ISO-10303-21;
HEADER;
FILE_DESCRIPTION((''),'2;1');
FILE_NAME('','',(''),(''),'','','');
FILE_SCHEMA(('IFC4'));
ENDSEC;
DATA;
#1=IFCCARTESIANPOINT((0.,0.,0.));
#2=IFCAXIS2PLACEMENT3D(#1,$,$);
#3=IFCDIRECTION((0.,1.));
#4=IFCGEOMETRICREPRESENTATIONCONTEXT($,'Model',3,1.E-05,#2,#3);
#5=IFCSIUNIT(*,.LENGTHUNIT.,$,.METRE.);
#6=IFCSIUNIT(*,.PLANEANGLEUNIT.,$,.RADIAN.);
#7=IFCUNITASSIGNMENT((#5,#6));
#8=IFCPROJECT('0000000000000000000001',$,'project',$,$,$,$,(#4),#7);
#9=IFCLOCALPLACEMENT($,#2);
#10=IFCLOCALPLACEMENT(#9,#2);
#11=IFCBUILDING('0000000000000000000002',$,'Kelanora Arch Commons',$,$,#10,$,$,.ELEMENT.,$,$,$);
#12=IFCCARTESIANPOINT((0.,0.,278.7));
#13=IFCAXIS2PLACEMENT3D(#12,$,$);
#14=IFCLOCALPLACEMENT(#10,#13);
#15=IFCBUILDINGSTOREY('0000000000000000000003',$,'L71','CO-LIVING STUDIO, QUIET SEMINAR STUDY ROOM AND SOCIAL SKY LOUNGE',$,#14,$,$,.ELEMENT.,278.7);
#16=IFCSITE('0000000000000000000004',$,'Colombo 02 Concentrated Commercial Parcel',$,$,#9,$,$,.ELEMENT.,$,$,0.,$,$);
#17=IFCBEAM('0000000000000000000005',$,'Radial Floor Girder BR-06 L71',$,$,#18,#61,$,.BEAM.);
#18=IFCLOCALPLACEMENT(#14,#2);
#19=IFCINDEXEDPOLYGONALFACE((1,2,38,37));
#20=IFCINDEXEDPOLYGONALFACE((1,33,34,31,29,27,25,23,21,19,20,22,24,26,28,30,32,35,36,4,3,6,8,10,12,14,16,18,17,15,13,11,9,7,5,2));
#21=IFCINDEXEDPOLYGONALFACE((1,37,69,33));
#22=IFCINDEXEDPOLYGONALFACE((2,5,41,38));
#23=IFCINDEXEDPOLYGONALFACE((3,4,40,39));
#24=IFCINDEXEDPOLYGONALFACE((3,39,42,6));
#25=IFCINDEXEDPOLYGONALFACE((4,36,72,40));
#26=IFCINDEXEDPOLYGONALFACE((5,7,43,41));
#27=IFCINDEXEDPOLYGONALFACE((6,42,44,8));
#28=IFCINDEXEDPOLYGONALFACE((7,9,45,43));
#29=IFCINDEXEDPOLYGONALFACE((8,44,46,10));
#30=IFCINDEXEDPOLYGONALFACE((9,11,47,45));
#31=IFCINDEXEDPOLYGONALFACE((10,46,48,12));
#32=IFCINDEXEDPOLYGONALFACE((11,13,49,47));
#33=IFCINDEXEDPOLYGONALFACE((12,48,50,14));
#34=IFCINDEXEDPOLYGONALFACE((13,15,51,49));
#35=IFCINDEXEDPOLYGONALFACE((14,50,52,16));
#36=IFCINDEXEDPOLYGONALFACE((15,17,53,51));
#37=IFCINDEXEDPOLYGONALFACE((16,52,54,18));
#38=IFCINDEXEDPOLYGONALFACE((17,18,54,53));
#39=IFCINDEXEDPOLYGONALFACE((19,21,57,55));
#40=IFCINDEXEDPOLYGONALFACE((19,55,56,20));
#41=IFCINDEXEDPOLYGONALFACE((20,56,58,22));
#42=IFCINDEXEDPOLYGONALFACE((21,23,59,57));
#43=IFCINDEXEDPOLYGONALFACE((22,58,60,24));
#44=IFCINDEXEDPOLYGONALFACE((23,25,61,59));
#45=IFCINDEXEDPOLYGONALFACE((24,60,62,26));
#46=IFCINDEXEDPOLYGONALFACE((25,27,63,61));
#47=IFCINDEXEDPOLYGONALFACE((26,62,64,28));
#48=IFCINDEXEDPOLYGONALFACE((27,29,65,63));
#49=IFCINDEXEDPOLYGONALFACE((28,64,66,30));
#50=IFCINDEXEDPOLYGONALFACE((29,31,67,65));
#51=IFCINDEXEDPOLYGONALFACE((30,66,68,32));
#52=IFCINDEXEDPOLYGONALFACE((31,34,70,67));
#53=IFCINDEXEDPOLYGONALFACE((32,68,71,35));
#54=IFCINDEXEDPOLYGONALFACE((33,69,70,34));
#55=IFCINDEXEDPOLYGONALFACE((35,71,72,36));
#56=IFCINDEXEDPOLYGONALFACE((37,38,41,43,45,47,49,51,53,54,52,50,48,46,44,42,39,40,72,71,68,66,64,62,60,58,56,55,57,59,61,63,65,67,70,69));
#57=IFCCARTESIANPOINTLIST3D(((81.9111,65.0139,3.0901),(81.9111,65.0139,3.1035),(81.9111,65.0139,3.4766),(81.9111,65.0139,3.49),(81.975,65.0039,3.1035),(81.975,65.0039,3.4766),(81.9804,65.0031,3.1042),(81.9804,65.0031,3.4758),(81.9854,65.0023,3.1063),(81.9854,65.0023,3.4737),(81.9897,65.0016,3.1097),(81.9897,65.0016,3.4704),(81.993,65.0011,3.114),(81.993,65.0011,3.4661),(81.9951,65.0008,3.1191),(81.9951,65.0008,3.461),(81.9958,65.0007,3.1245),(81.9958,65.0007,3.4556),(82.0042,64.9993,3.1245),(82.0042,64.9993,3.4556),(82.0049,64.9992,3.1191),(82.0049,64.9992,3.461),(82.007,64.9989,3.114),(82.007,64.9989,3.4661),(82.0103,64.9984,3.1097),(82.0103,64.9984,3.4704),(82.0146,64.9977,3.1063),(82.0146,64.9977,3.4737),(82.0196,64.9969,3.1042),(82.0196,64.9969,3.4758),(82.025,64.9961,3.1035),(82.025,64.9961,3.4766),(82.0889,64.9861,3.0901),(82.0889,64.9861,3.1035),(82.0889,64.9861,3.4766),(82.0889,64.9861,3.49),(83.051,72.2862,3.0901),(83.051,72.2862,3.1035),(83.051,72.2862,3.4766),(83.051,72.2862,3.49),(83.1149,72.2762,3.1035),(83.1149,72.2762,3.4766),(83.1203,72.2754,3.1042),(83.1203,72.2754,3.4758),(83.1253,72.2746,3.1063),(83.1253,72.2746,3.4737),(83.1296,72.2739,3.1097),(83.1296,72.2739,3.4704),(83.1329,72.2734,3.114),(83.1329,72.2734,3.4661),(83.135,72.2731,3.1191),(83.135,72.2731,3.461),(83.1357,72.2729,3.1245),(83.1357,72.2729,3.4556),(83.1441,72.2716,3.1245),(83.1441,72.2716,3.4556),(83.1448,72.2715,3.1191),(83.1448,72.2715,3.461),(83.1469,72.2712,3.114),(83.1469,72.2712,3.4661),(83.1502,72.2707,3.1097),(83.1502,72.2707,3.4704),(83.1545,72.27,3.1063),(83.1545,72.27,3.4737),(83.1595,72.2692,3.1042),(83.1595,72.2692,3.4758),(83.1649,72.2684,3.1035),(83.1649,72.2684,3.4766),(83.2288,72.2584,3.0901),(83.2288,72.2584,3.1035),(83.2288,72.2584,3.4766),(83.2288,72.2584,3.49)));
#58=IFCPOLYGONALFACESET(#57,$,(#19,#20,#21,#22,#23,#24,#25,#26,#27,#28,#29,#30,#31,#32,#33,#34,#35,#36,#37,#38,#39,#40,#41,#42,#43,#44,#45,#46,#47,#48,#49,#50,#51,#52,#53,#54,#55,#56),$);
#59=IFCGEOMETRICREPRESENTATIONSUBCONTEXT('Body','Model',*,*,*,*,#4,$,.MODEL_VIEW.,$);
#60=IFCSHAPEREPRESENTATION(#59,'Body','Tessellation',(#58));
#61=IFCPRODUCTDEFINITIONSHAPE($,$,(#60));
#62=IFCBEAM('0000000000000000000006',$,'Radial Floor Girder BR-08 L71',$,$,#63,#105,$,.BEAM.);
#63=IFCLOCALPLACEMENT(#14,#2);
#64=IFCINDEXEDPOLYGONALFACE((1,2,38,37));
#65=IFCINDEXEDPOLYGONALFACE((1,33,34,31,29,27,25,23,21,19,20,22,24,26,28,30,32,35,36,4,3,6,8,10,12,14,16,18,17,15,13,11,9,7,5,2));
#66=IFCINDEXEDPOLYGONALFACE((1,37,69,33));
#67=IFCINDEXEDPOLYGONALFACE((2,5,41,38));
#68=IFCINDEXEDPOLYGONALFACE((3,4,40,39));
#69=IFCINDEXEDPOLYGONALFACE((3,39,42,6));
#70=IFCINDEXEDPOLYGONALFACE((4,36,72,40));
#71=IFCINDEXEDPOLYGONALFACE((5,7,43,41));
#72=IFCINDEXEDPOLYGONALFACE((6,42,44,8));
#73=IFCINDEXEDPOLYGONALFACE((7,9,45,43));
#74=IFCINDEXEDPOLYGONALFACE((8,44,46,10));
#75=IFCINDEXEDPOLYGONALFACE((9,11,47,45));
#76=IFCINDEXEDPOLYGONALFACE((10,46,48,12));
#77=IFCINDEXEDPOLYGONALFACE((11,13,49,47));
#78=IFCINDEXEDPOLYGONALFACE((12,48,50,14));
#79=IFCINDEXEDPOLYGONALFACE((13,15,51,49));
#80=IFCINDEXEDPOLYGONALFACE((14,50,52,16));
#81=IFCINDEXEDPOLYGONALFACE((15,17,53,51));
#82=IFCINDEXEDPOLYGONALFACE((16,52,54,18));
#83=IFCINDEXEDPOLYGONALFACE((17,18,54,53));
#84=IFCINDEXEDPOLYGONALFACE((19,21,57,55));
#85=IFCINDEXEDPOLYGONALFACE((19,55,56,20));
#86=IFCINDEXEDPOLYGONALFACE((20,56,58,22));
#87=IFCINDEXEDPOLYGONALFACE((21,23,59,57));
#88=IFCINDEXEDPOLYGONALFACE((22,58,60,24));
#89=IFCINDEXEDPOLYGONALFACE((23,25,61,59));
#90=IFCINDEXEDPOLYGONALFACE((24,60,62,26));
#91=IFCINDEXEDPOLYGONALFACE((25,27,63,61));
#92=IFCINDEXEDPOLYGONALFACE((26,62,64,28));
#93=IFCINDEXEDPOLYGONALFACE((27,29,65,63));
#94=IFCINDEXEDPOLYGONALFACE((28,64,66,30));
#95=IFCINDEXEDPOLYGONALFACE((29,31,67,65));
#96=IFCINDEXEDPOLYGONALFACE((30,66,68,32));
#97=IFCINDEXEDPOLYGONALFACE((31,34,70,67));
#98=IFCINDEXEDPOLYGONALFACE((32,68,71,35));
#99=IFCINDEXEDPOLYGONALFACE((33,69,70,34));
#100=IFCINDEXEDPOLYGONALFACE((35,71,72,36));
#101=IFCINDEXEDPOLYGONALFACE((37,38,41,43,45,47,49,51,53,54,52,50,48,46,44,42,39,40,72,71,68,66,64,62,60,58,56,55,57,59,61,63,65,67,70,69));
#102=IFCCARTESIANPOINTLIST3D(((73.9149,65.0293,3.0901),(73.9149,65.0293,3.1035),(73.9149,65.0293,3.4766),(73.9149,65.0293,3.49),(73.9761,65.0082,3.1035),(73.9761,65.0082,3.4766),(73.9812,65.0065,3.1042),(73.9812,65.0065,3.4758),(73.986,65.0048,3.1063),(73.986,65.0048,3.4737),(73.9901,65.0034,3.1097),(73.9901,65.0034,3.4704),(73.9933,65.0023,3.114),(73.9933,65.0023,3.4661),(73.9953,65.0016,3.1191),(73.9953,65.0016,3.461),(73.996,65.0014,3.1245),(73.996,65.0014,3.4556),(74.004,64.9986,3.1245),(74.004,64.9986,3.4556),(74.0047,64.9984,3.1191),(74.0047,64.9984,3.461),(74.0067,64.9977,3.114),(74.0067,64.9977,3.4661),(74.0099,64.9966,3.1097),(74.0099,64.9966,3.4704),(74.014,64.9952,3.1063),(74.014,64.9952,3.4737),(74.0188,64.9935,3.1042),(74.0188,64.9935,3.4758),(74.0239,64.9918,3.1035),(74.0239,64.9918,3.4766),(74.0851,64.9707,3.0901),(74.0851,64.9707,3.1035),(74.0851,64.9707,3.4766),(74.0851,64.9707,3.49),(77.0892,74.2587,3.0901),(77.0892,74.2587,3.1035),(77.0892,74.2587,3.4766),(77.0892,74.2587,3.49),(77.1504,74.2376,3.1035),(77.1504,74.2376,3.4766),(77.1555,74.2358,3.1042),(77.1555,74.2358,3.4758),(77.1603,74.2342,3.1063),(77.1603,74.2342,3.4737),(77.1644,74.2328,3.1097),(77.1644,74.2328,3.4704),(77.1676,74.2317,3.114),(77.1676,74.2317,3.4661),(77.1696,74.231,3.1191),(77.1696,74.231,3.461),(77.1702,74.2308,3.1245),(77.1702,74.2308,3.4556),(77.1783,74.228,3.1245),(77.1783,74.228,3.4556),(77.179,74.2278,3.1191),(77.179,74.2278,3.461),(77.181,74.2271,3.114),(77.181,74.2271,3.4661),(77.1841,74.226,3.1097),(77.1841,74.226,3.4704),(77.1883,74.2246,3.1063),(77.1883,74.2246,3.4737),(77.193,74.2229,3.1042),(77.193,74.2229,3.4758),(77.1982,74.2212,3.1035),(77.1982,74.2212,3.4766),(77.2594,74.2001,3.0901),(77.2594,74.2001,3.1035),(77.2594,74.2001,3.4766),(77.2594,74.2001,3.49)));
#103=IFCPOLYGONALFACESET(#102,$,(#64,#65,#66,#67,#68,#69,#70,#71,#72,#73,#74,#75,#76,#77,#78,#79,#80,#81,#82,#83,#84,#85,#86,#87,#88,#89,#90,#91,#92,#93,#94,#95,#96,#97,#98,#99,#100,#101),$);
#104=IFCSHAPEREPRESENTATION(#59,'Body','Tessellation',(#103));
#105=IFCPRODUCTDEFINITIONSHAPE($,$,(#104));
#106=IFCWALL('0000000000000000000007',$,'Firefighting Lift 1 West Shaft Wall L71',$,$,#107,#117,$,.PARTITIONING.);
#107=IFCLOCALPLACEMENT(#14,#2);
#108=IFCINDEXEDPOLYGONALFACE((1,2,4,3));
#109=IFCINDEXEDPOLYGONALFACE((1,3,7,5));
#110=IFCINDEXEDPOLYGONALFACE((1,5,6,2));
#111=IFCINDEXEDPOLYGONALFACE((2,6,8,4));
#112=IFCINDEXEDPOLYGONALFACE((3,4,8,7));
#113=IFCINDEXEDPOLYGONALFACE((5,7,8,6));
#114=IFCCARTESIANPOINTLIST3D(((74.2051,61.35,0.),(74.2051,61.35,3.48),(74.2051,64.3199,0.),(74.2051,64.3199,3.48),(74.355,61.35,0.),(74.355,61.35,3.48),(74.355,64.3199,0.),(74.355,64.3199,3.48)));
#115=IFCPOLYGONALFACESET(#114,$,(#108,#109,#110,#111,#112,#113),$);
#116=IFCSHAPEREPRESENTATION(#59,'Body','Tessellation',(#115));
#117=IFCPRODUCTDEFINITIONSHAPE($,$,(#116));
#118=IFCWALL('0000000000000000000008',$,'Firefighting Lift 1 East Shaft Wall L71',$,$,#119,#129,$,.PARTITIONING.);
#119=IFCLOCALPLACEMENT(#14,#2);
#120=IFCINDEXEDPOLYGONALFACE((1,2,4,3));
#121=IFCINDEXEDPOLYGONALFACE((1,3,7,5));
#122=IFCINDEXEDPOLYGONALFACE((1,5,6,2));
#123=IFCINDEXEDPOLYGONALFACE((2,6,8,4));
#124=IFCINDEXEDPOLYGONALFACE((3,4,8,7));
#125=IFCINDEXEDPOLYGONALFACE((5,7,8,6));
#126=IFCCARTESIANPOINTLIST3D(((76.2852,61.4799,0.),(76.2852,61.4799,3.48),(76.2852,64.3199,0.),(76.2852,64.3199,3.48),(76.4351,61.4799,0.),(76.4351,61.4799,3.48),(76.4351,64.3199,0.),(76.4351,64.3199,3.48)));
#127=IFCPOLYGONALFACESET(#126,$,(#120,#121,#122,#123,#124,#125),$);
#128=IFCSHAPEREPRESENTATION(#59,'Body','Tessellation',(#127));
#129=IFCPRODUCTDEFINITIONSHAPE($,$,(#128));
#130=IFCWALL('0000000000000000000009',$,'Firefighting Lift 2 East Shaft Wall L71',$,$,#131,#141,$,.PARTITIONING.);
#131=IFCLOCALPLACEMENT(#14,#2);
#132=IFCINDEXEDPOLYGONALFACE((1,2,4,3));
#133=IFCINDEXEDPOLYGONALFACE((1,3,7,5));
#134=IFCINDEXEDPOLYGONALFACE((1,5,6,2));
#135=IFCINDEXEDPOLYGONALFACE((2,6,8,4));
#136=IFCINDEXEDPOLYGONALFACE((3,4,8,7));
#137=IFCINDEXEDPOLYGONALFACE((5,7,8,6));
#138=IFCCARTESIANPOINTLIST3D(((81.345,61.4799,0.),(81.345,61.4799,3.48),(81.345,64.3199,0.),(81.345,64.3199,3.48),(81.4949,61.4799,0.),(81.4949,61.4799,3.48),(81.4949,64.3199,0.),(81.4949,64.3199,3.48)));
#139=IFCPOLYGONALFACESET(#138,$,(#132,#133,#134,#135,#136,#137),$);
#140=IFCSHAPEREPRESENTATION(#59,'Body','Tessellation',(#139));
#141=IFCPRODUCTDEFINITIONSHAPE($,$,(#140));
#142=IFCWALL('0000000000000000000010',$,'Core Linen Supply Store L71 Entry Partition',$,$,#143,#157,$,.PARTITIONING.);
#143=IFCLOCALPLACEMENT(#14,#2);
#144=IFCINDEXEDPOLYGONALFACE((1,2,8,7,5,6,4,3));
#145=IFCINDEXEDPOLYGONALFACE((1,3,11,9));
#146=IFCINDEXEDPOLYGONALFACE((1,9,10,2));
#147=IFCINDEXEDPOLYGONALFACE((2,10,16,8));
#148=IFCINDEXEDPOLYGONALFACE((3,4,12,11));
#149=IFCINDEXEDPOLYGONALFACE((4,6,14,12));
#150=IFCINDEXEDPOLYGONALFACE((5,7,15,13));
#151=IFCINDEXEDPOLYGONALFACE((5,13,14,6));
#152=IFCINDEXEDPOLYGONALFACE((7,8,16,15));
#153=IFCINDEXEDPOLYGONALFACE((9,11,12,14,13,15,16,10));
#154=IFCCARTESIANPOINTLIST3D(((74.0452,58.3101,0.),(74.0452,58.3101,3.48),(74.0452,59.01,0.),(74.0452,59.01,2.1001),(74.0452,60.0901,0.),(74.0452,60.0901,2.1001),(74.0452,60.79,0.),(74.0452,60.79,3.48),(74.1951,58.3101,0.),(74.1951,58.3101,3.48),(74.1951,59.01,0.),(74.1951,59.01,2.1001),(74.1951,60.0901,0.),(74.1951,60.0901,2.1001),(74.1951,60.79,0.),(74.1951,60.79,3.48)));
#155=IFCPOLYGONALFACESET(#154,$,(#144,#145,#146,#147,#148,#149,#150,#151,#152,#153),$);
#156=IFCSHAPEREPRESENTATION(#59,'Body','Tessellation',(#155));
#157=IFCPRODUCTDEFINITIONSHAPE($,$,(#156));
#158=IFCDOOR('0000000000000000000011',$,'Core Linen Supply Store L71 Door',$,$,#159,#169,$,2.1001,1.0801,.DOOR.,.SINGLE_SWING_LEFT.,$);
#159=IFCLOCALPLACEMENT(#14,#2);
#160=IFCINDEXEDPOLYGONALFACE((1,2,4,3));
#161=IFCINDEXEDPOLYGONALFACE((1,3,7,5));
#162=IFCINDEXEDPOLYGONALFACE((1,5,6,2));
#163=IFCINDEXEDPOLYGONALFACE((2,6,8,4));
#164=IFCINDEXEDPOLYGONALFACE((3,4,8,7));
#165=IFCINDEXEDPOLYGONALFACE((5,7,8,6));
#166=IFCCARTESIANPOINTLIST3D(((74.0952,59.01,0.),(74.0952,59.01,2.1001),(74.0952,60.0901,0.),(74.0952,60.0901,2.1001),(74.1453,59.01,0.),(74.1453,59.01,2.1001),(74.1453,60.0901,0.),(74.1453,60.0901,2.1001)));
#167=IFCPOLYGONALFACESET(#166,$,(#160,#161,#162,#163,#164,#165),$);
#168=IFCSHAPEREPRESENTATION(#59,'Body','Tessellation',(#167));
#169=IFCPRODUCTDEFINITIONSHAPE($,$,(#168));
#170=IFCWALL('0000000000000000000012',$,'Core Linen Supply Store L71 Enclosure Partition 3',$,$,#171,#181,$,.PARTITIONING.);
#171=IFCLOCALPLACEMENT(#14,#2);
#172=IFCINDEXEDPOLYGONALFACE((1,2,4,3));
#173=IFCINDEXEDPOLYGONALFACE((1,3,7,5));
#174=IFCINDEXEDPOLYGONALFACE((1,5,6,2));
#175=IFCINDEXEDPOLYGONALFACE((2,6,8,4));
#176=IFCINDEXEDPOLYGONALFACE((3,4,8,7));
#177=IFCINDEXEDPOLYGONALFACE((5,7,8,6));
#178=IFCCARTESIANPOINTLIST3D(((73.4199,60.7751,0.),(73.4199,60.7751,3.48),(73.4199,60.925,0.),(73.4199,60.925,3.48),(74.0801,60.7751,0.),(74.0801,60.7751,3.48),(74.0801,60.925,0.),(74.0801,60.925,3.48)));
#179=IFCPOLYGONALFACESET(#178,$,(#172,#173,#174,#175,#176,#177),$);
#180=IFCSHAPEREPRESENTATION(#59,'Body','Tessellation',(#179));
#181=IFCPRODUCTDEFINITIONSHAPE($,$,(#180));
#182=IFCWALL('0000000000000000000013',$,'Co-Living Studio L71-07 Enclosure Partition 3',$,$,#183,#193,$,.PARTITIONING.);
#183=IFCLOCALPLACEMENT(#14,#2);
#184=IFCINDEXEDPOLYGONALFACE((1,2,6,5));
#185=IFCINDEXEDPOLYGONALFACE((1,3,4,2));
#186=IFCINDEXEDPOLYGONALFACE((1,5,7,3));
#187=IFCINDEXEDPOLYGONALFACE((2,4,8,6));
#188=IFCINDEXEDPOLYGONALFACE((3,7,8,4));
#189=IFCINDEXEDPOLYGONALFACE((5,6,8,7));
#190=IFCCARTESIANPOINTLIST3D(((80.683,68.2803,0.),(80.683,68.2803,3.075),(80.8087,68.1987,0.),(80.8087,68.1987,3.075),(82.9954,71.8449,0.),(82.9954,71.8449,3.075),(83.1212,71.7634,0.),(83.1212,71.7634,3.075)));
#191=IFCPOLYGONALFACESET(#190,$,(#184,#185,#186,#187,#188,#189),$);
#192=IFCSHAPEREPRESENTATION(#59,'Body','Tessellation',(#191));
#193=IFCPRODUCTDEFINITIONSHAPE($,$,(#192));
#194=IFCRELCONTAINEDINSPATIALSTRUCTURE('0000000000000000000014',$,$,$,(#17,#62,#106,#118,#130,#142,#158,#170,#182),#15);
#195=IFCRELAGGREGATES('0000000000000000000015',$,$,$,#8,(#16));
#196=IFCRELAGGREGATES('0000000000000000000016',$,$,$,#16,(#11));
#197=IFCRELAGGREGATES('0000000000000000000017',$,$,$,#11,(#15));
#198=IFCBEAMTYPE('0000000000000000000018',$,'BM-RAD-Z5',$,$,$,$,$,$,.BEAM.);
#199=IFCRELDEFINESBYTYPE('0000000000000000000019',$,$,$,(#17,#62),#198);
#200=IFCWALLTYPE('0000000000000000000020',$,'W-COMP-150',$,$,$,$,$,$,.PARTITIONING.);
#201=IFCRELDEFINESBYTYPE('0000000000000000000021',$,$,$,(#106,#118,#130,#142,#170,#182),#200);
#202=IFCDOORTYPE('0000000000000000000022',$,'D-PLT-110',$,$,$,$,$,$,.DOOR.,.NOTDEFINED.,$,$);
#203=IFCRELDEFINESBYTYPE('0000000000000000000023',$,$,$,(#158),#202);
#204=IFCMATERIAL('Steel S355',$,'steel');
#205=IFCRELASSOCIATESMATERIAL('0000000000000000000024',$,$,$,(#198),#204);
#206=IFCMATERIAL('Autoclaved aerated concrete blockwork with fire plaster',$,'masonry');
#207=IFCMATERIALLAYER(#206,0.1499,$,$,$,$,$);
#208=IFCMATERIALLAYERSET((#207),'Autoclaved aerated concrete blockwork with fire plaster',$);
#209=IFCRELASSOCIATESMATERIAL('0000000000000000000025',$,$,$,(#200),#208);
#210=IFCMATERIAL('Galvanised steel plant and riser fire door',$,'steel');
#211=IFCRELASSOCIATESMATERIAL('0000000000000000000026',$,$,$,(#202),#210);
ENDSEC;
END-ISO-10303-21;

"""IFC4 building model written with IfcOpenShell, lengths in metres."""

from ifc_helpers import new_model, si_unit, direction, frame, frame_2d, origin, origin_2d, place, context, subcontext, project, spatial, rectangle, i_section, extrude, material, layer, layer_set, material_profile, profile_set, type_object, element, fill, save


model = new_model("IFC4")

# Units and contexts
model_context = context("Model", 3, precision=1e-05, world=origin(), true_north=direction((0.0, 1.0)))
body_context = subcontext(model_context, "Body", "Model", "MODEL_VIEW")
ifc_project = project(units=[si_unit("LENGTHUNIT", "METRE"), si_unit("PLANEANGLEUNIT", "RADIAN")], contexts=[model_context])

# Site, building, storey
site_placement = place(None, origin())
site = spatial("IfcSite", under=ifc_project, at=site_placement, Name="Colombo 02 Concentrated Commercial Parcel", CompositionType="ELEMENT", RefElevation=0.0)
building_placement = place(site_placement, origin())
building = spatial("IfcBuilding", under=site, at=building_placement, Name="Kelanora Arch Commons", CompositionType="ELEMENT")
storey_placement = place(building_placement, frame((0.0, 0.0, 278.7)))
storey = spatial("IfcBuildingStorey", under=building, at=storey_placement, Name="L71", Description="CO-LIVING STUDIO, QUIET SEMINAR STUDY ROOM AND SOCIAL SKY LOUNGE", CompositionType="ELEMENT", Elevation=278.7)

# Beams
ifc_material_1 = material(Name="Steel S355", Category="steel")
ifc_material_profile_1 = material_profile(ifc_material_1, i_section(OverallWidth=0.1799, OverallDepth=0.3999, WebThickness=0.0085, FlangeThickness=0.0134, FilletRadius=0.021, at=origin_2d()), Name="IPE400")
ifc_profile_set_1 = profile_set([ifc_material_profile_1], Name="Steel S355")
beam_type_1 = type_object("IfcBeamType", Name="BM-RAD-Z5", PredefinedType="BEAM", material=ifc_profile_set_1)
beam_1_placement = place(storey_placement, frame((82.0, 65.0, 3.29), z_axis=(0.154855, 0.987937, 0.0), x_axis=(-0.987937, 0.154855, 0.0)))
element("IfcBeam", 1, at=beam_1_placement, inside=storey, type_object=beam_type_1, Name="Radial Floor Girder BR-06 L71", PredefinedType="BEAM", context=body_context, shape_type="SweptSolid", body=[
    extrude(i_section(OverallWidth=0.1799, OverallDepth=0.3999, WebThickness=0.0085, FlangeThickness=0.0134, FilletRadius=0.021, at=origin_2d()), origin(), (0.0, 0.0, 1.0), 7.3611),
])
beam_2_placement = place(storey_placement, frame((74.0, 65.0, 3.29), z_axis=(0.325234, 0.945634, 0.0), x_axis=(-0.945634, 0.325234, 0.0)))
element("IfcBeam", 2, at=beam_2_placement, inside=storey, type_object=beam_type_1, Name="Radial Floor Girder BR-08 L71", PredefinedType="BEAM", context=body_context, shape_type="SweptSolid", body=[
    extrude(i_section(OverallWidth=0.1799, OverallDepth=0.3999, WebThickness=0.0085, FlangeThickness=0.0134, FilletRadius=0.021, at=origin_2d()), origin(), (0.0, 0.0, 1.0), 9.76),
])

# Walls
ifc_material_2 = material(Name="Autoclaved aerated concrete blockwork with fire plaster", Category="masonry")
ifc_layer_1 = layer(ifc_material_2, 0.1499)
ifc_layer_set_1 = layer_set([ifc_layer_1], Name="Autoclaved aerated concrete blockwork with fire plaster")
wall_type_1 = type_object("IfcWallType", Name="W-COMP-150", PredefinedType="PARTITIONING", material=ifc_layer_set_1)
wall_1_placement = place(storey_placement, frame((74.28, 61.3501, 0.0), z_axis=(0.0, 0.0, 1.0), x_axis=(0.0, 1.0, 0.0)))
element("IfcWall", 3, at=wall_1_placement, inside=storey, type_object=wall_type_1, Name="Firefighting Lift 1 West Shaft Wall L71", PredefinedType="PARTITIONING", context=body_context, shape_type="SweptSolid", body=[
    extrude(rectangle(XDim=2.97, YDim=0.1499, at=frame_2d((1.4849, 0.0))), origin(), (0.0, 0.0, 1.0), 3.48),
])
for number, where, z_axis, x_axis, name in (
    (4, (76.3601, 61.48, 0.0), (0.0, 0.0, 1.0), (0.0, 1.0, 0.0), "Firefighting Lift 1 East Shaft Wall L71"),
    (5, (81.4199, 61.48, 0.0), (0.0, 0.0, 1.0), (0.0, 1.0, 0.0), "Firefighting Lift 2 East Shaft Wall L71"),
):
    element("IfcWall", number, at=place(storey_placement, frame(where, z_axis=z_axis, x_axis=x_axis)), inside=storey, type_object=wall_type_1, Name=name, PredefinedType="PARTITIONING", context=body_context, shape_type="SweptSolid", body=[
        extrude(rectangle(XDim=2.8401, YDim=0.1499, at=frame_2d((1.4199, 0.0))), origin(), (0.0, 0.0, 1.0), 3.48),
    ])

# Wall, opening, door
wall_2_placement = place(storey_placement, frame((74.1201, 58.3101, 0.0), z_axis=(0.0, 0.0, 1.0), x_axis=(0.0, 1.0, 0.0)))
wall_2 = element("IfcWall", 6, at=wall_2_placement, inside=storey, type_object=wall_type_1, Name="Core Linen Supply Store L71 Entry Partition", PredefinedType="PARTITIONING", context=body_context, shape_type="SweptSolid", body=[
    extrude(rectangle(XDim=2.48, YDim=0.1499, at=frame_2d((1.24, 0.0))), origin(), (0.0, 0.0, 1.0), 3.48),
])
opening_1_placement = place(wall_2_placement, frame((0.7, 0.0, 0.0)))
opening_1 = element("IfcOpeningElement", 7, at=opening_1_placement, cuts=wall_2, PredefinedType="OPENING", context=body_context, shape_type="SweptSolid", body=[
    extrude(rectangle(XDim=1.0801, YDim=2.1001, at=frame_2d((0.54, 1.05))), frame((0.0, 0.085, 0.0), z_axis=(0.0, -1.0, 0.0), x_axis=(1.0, 0.0, 0.0)), (0.0, 0.0, 1.0), 0.1699),
])
ifc_material_3 = material(Name="Galvanised steel plant and riser fire door", Category="steel")
door_type_1 = type_object("IfcDoorType", Name="D-PLT-110", OperationType="NOTDEFINED", PredefinedType="DOOR", material=ifc_material_3)
door_1_placement = place(opening_1_placement, origin())
door_1 = element("IfcDoor", 8, at=door_1_placement, inside=storey, type_object=door_type_1, Name="Core Linen Supply Store L71 Door", OperationType="SINGLE_SWING_LEFT", OverallHeight=2.1001, OverallWidth=1.0801, PredefinedType="DOOR", context=body_context, shape_type="SweptSolid", body=[
    extrude(rectangle(XDim=1.0801, YDim=2.1001, at=frame_2d((0.54, 1.05))), frame((0.0, 0.0249, 0.0), z_axis=(0.0, -1.0, 0.0), x_axis=(1.0, 0.0, 0.0)), (0.0, 0.0, 1.0), 0.05),
])
fill(opening_1, door_1)

# Walls
wall_3_placement = place(storey_placement, frame((74.0801, 60.8501, 0.0), z_axis=(0.0, 0.0, 1.0), x_axis=(-1.0, 0.0, 0.0)))
element("IfcWall", 9, at=wall_3_placement, inside=storey, type_object=wall_type_1, Name="Core Linen Supply Store L71 Enclosure Partition 3", PredefinedType="PARTITIONING", context=body_context, shape_type="SweptSolid", body=[
    extrude(rectangle(XDim=0.6602, YDim=0.1499, at=frame_2d((0.3301, 0.0))), origin(), (0.0, 0.0, 1.0), 3.48),
])
wall_4_placement = place(storey_placement, frame((80.7458, 68.2395, 0.0), z_axis=(0.0, 0.0, 1.0), x_axis=(0.544235, 0.838933, 0.0)))
element("IfcWall", 10, at=wall_4_placement, inside=storey, type_object=wall_type_1, Name="Co-Living Studio L71-07 Enclosure Partition 3", PredefinedType="PARTITIONING", context=body_context, shape_type="SweptSolid", body=[
    extrude(rectangle(XDim=4.249, YDim=0.1499, at=frame_2d((2.1245, 0.0))), origin(), (0.0, 0.0, 1.0), 3.075),
])

save(model, "model.ifc")
